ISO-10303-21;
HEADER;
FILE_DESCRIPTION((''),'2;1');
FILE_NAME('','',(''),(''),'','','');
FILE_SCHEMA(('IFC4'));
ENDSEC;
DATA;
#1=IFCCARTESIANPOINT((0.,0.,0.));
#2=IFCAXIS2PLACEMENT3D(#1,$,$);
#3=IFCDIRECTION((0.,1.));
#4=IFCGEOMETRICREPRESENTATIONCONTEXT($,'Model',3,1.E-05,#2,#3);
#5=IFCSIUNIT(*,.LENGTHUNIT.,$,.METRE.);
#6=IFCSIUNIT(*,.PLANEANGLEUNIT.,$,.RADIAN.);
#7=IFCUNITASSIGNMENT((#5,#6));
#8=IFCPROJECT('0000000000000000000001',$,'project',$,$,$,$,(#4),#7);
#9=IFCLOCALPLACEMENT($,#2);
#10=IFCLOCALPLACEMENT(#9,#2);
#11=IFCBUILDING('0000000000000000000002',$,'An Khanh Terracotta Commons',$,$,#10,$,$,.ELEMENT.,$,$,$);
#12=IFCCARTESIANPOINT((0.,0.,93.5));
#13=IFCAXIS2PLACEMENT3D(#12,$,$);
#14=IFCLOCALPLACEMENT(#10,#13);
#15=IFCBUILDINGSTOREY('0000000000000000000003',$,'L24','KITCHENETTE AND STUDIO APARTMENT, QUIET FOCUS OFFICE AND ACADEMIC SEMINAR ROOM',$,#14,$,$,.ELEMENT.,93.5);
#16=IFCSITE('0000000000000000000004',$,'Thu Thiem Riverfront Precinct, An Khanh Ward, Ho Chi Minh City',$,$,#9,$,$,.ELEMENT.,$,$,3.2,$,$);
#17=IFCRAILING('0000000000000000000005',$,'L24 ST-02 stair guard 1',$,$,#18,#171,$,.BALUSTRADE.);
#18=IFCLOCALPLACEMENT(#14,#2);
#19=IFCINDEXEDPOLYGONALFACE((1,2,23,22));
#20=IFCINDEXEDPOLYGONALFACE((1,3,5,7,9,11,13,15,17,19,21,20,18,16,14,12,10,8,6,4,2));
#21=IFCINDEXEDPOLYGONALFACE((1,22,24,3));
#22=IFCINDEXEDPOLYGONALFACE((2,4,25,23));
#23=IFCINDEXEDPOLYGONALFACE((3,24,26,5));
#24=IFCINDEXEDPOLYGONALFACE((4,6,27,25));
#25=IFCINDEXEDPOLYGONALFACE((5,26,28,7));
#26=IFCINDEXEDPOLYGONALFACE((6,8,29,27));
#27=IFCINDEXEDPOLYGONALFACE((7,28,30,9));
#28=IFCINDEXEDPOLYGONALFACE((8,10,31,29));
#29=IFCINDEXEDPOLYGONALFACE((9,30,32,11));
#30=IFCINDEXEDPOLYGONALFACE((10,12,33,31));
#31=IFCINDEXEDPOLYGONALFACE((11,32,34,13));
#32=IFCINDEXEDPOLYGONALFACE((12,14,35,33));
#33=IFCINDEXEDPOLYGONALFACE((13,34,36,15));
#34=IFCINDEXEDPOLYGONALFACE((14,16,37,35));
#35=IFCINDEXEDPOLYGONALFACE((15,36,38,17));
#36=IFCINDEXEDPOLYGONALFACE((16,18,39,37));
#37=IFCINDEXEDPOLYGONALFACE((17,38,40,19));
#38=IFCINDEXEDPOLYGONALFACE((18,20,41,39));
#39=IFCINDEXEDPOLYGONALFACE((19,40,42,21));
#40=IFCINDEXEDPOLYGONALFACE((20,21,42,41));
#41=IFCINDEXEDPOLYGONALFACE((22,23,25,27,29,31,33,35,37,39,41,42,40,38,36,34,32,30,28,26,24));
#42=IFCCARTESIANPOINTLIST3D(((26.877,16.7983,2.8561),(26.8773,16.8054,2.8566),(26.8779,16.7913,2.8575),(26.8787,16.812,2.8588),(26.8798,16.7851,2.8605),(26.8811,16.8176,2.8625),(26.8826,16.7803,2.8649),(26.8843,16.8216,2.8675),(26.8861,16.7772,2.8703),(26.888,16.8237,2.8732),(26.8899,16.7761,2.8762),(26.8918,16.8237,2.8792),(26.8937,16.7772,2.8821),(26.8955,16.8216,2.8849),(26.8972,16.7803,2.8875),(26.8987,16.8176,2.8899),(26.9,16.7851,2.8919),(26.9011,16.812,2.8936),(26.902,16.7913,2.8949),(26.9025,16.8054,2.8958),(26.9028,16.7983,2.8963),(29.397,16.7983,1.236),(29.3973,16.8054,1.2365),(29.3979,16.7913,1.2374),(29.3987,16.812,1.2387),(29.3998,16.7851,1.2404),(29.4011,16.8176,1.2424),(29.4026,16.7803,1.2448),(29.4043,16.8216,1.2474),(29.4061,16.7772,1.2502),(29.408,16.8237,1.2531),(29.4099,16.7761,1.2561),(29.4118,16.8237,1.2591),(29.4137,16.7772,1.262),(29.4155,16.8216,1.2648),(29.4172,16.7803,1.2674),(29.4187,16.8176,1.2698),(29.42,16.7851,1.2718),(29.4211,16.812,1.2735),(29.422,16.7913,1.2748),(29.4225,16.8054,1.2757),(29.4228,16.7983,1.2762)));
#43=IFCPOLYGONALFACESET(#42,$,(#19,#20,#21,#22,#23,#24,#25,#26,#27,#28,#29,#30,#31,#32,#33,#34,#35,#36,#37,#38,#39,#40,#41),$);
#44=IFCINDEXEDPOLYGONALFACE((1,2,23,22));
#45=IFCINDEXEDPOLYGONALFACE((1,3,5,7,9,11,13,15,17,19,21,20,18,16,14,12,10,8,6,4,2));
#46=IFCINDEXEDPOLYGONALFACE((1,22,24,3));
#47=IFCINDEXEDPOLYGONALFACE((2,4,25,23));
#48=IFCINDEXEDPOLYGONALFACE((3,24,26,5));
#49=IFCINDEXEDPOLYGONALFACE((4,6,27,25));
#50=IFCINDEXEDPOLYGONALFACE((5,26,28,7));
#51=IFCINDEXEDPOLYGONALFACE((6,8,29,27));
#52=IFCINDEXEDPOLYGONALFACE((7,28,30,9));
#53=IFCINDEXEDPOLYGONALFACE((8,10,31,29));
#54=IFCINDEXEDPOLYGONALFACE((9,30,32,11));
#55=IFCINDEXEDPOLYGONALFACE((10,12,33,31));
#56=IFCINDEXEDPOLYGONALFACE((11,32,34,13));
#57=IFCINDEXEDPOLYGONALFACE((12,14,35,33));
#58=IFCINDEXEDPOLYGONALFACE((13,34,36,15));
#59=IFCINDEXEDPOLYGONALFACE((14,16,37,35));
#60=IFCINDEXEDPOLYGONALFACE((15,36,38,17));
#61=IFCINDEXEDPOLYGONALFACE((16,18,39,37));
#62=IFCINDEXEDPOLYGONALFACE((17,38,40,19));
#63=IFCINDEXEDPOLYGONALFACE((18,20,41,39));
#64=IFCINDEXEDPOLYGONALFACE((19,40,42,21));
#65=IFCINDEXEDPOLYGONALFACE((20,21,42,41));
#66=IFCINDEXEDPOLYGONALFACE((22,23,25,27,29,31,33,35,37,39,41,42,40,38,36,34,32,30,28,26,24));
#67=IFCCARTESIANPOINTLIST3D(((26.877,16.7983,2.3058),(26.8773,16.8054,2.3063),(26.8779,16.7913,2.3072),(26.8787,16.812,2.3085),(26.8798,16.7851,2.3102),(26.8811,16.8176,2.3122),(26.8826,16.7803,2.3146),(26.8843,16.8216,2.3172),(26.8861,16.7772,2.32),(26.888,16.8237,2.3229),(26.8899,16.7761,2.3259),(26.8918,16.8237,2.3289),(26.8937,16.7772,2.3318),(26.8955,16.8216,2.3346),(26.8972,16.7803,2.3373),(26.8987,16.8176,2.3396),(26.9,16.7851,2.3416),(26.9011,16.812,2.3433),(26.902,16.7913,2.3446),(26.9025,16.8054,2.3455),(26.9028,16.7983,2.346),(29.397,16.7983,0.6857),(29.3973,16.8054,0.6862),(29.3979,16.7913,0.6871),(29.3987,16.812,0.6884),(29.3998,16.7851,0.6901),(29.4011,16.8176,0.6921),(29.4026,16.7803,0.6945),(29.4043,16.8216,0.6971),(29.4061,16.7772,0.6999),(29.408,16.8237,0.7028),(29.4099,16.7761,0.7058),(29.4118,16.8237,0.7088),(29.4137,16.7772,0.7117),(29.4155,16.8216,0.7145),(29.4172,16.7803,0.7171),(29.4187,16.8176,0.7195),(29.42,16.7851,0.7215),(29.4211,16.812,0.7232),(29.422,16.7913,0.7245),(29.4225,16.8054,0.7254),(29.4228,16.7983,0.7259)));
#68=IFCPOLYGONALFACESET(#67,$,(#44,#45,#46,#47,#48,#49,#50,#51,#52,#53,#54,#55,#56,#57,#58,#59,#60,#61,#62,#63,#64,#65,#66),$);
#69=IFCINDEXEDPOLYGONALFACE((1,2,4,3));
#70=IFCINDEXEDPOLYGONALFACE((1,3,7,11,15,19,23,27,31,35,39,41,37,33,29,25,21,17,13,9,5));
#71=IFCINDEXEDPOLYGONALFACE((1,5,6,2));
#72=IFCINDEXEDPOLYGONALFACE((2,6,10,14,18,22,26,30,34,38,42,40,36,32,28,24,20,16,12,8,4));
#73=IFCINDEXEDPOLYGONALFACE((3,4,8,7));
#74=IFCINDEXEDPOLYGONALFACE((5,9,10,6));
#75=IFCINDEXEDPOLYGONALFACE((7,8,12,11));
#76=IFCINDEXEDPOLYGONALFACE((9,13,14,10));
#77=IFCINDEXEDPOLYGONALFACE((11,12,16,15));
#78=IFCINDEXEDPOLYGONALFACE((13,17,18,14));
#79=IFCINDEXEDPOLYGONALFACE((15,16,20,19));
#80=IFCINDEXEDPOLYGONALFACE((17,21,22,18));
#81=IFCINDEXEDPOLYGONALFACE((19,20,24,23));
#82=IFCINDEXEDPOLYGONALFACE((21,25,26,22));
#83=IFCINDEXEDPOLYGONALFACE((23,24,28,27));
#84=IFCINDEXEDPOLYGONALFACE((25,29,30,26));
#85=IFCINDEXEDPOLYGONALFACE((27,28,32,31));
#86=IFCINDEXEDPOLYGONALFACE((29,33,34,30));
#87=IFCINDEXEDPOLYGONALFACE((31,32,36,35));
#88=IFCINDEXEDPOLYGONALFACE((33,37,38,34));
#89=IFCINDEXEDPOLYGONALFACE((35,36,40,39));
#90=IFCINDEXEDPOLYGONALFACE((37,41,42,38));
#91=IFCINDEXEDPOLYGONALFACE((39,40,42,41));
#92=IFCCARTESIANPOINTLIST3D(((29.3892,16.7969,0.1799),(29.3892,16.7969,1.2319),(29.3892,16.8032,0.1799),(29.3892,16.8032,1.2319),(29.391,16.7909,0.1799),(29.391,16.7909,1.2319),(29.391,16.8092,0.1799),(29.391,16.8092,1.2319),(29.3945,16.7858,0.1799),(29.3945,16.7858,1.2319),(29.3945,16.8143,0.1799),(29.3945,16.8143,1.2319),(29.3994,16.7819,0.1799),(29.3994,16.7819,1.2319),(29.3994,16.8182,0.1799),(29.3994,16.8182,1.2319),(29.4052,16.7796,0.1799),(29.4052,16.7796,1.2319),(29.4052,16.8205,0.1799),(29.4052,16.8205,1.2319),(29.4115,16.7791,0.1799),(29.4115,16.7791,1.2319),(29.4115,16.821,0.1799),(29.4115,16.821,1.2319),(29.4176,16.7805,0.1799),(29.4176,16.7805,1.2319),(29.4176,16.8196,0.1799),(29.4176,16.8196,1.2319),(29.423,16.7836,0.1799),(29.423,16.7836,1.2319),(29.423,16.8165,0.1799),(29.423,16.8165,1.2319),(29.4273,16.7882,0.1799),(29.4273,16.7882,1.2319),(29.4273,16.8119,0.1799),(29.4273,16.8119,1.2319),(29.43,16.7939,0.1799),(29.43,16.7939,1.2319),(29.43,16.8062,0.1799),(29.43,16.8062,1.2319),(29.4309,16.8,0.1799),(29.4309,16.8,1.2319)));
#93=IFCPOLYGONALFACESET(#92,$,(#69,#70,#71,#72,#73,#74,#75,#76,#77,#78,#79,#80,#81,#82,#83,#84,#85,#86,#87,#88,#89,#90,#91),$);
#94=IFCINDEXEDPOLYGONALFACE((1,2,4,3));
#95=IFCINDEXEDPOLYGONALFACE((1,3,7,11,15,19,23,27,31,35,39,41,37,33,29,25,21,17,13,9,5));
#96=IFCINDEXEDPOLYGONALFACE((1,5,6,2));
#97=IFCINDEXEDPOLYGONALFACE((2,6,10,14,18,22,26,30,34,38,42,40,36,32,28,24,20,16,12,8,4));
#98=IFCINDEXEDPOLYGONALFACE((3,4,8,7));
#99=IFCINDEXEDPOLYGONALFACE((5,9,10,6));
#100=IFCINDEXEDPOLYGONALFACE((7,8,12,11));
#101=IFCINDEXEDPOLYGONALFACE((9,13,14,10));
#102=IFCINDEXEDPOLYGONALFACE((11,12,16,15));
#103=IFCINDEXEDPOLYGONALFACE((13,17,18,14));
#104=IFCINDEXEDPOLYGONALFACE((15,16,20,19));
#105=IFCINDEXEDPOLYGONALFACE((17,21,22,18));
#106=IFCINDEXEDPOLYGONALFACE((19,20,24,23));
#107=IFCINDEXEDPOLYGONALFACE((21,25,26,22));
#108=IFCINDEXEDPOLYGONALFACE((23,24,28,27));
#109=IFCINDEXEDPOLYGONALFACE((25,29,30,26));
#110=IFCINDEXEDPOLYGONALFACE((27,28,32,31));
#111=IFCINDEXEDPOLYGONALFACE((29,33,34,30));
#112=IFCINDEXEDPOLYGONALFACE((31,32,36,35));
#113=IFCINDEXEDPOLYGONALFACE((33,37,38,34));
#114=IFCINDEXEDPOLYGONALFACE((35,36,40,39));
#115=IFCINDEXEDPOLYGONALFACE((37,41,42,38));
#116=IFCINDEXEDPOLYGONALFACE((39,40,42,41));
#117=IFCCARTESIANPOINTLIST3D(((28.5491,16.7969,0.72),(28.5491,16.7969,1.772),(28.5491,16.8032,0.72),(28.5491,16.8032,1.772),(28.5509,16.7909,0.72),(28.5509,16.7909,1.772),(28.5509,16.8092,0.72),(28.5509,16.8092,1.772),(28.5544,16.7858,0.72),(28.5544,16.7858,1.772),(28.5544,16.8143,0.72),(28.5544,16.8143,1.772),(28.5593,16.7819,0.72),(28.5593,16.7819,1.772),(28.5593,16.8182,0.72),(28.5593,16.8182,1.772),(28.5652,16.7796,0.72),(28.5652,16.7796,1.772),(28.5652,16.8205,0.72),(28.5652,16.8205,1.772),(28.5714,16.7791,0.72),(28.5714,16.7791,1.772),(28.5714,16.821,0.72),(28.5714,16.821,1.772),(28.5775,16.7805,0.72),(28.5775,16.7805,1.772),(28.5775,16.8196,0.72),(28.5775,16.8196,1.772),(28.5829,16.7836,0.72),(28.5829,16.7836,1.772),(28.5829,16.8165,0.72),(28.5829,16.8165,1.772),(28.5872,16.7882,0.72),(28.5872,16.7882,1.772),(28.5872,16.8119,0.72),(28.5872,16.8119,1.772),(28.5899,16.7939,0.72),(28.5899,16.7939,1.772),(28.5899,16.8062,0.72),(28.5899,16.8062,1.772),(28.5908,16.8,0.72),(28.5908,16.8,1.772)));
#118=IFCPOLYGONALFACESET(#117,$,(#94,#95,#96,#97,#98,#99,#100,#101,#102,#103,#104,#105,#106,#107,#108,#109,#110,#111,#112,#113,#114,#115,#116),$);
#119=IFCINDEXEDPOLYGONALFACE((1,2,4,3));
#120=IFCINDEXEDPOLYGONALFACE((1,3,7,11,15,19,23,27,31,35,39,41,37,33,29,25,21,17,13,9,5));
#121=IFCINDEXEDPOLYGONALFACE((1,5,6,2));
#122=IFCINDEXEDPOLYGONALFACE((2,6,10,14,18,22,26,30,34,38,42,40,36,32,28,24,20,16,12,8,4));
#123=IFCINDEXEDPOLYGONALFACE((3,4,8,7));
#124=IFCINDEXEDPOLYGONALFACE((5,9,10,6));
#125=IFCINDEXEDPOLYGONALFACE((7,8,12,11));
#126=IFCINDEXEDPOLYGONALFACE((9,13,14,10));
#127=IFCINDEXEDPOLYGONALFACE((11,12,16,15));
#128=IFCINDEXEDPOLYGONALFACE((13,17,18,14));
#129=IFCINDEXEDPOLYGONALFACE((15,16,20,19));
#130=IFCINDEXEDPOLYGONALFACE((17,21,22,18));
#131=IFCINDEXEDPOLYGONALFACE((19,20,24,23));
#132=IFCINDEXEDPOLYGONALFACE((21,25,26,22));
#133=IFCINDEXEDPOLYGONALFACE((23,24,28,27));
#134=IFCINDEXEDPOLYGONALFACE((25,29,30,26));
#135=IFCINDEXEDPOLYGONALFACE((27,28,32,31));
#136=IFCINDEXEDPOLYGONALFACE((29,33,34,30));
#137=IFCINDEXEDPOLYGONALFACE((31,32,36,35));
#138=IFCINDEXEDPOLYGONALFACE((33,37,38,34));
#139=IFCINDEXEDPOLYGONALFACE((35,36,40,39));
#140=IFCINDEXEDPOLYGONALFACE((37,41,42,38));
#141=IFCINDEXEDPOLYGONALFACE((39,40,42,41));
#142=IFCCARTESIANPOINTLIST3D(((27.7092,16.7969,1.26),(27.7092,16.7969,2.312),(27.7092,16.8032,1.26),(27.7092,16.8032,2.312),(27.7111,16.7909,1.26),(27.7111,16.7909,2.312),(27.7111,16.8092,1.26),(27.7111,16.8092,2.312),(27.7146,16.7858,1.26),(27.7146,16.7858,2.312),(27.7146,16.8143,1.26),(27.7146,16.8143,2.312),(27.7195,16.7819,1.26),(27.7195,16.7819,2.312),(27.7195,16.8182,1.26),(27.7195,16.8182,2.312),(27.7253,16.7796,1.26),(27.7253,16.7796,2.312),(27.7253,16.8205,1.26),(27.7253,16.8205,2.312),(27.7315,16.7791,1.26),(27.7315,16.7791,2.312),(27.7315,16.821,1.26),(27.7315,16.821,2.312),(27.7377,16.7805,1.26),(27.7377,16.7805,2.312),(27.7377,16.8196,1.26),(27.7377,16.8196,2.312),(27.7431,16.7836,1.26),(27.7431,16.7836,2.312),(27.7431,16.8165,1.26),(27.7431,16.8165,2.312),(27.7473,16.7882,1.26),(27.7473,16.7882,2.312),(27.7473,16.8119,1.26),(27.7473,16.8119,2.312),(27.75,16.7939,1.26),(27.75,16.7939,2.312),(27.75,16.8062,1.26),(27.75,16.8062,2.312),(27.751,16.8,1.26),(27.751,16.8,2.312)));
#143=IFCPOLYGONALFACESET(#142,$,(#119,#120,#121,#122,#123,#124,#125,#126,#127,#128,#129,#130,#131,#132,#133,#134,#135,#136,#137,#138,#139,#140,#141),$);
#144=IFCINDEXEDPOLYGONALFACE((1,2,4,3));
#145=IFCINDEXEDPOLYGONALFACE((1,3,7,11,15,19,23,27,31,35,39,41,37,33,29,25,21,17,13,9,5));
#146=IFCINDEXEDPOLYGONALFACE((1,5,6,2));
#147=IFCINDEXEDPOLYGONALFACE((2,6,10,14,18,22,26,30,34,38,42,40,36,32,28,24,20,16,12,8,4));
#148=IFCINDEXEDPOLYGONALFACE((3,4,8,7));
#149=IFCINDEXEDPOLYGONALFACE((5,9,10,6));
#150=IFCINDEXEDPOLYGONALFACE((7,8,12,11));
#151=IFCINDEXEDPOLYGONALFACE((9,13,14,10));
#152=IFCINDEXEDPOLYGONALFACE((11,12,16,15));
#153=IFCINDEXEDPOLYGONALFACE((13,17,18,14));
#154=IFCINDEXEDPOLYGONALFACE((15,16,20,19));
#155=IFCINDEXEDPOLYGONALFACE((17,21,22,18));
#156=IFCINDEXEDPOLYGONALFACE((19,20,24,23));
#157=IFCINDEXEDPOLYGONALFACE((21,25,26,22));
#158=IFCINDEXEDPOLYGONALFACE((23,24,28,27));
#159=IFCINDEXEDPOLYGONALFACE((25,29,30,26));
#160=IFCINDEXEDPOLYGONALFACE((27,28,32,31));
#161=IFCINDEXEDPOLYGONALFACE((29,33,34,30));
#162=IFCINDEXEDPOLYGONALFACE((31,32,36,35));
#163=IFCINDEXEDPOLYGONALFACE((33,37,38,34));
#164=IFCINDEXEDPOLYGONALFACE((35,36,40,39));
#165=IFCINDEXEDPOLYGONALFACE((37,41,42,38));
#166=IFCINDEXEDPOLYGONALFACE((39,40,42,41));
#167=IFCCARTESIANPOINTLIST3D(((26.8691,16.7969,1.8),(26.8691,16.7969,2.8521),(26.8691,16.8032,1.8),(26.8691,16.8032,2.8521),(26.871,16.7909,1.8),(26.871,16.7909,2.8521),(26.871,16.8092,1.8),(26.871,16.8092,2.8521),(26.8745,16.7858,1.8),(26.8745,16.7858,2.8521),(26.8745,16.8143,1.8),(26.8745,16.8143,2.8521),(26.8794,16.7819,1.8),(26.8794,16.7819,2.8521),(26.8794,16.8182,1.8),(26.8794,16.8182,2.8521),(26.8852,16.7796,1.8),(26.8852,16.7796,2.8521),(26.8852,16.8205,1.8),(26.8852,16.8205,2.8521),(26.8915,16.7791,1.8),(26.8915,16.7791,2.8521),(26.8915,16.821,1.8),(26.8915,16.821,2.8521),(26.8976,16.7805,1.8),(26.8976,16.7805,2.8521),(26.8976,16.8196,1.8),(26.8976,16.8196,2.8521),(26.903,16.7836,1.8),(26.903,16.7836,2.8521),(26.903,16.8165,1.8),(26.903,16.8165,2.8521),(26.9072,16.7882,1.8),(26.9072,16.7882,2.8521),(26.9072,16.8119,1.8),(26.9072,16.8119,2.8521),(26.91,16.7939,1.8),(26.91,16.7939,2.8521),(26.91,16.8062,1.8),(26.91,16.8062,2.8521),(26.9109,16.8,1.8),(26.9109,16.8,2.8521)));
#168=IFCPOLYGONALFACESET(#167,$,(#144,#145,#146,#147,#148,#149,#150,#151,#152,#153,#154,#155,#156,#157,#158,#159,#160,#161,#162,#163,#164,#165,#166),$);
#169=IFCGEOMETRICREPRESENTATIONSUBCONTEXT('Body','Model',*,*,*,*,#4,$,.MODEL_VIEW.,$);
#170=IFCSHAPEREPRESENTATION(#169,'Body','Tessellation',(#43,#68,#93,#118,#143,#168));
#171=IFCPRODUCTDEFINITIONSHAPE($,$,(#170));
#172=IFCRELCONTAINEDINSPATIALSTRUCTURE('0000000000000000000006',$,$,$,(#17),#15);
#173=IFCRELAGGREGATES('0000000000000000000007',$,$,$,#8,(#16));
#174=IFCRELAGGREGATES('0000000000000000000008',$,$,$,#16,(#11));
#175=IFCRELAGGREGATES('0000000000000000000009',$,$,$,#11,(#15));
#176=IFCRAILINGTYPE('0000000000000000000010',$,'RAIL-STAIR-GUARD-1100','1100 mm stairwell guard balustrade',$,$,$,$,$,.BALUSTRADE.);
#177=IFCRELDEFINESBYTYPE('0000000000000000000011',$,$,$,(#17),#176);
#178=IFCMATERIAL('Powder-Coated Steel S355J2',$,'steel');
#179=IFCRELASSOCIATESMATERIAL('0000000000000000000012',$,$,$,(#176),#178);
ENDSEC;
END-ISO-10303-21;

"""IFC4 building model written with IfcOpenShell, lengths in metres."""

from ifc_helpers import new_model, si_unit, direction, frame, origin, origin_2d, place, context, subcontext, project, spatial, circle, extrude, material, type_object, element, save


model = new_model("IFC4")

# Units and contexts
model_context = context("Model", 3, precision=1e-05, world=origin(), true_north=direction((0.0, 1.0)))
body_context = subcontext(model_context, "Body", "Model", "MODEL_VIEW")
ifc_project = project(units=[si_unit("LENGTHUNIT", "METRE"), si_unit("PLANEANGLEUNIT", "RADIAN")], contexts=[model_context])

# Site, building, storey
site_placement = place(None, origin())
site = spatial("IfcSite", under=ifc_project, at=site_placement, Name="Thu Thiem Riverfront Precinct, An Khanh Ward, Ho Chi Minh City", CompositionType="ELEMENT", RefElevation=3.2)
building_placement = place(site_placement, origin())
building = spatial("IfcBuilding", under=site, at=building_placement, Name="An Khanh Terracotta Commons", CompositionType="ELEMENT")
storey_placement = place(building_placement, frame((0.0, 0.0, 93.5)))
storey = spatial("IfcBuildingStorey", under=building, at=storey_placement, Name="L24", Description="KITCHENETTE AND STUDIO APARTMENT, QUIET FOCUS OFFICE AND ACADEMIC SEMINAR ROOM", CompositionType="ELEMENT", Elevation=93.5)

# Railing
ifc_material_1 = material(Name="Powder-Coated Steel S355J2", Category="steel")
railing_type_1 = type_object("IfcRailingType", Name="RAIL-STAIR-GUARD-1100", Description="1100 mm stairwell guard balustrade", PredefinedType="BALUSTRADE", material=ifc_material_1)
railing_1_placement = place(storey_placement, frame((29.4099, 16.8, 0.1799)))
element("IfcRailing", 1, at=railing_1_placement, inside=storey, type_object=railing_type_1, Name="L24 ST-02 stair guard 1", PredefinedType="BALUSTRADE", context=body_context, shape_type="SweptSolid", body=[
    extrude(circle(Radius=0.0239, at=origin_2d()), frame((0.0, 0.0, 1.0762), z_axis=(-0.841163, 0.0, 0.540782), x_axis=(0.0, -1.0, 0.0)), (0.0, 0.0, 1.0), 2.9958),
    extrude(circle(Radius=0.0239, at=origin_2d()), frame((0.0, 0.0, 0.5259), z_axis=(-0.841163, 0.0, 0.540782), x_axis=(0.0, -1.0, 0.0)), (0.0, 0.0, 1.0), 2.9958),
    extrude(circle(Radius=0.021, at=origin_2d()), origin(), (0.0, 0.0, 1.0), 1.052),
    extrude(circle(Radius=0.021, at=origin_2d()), frame((-0.8401, 0.0, 0.54)), (0.0, 0.0, 1.0), 1.052),
    extrude(circle(Radius=0.021, at=origin_2d()), frame((-1.6799, 0.0, 1.0801)), (0.0, 0.0, 1.0), 1.052),
    extrude(circle(Radius=0.021, at=origin_2d()), frame((-2.52, 0.0, 1.6201)), (0.0, 0.0, 1.0), 1.052),
])

save(model, "model.ifc")
